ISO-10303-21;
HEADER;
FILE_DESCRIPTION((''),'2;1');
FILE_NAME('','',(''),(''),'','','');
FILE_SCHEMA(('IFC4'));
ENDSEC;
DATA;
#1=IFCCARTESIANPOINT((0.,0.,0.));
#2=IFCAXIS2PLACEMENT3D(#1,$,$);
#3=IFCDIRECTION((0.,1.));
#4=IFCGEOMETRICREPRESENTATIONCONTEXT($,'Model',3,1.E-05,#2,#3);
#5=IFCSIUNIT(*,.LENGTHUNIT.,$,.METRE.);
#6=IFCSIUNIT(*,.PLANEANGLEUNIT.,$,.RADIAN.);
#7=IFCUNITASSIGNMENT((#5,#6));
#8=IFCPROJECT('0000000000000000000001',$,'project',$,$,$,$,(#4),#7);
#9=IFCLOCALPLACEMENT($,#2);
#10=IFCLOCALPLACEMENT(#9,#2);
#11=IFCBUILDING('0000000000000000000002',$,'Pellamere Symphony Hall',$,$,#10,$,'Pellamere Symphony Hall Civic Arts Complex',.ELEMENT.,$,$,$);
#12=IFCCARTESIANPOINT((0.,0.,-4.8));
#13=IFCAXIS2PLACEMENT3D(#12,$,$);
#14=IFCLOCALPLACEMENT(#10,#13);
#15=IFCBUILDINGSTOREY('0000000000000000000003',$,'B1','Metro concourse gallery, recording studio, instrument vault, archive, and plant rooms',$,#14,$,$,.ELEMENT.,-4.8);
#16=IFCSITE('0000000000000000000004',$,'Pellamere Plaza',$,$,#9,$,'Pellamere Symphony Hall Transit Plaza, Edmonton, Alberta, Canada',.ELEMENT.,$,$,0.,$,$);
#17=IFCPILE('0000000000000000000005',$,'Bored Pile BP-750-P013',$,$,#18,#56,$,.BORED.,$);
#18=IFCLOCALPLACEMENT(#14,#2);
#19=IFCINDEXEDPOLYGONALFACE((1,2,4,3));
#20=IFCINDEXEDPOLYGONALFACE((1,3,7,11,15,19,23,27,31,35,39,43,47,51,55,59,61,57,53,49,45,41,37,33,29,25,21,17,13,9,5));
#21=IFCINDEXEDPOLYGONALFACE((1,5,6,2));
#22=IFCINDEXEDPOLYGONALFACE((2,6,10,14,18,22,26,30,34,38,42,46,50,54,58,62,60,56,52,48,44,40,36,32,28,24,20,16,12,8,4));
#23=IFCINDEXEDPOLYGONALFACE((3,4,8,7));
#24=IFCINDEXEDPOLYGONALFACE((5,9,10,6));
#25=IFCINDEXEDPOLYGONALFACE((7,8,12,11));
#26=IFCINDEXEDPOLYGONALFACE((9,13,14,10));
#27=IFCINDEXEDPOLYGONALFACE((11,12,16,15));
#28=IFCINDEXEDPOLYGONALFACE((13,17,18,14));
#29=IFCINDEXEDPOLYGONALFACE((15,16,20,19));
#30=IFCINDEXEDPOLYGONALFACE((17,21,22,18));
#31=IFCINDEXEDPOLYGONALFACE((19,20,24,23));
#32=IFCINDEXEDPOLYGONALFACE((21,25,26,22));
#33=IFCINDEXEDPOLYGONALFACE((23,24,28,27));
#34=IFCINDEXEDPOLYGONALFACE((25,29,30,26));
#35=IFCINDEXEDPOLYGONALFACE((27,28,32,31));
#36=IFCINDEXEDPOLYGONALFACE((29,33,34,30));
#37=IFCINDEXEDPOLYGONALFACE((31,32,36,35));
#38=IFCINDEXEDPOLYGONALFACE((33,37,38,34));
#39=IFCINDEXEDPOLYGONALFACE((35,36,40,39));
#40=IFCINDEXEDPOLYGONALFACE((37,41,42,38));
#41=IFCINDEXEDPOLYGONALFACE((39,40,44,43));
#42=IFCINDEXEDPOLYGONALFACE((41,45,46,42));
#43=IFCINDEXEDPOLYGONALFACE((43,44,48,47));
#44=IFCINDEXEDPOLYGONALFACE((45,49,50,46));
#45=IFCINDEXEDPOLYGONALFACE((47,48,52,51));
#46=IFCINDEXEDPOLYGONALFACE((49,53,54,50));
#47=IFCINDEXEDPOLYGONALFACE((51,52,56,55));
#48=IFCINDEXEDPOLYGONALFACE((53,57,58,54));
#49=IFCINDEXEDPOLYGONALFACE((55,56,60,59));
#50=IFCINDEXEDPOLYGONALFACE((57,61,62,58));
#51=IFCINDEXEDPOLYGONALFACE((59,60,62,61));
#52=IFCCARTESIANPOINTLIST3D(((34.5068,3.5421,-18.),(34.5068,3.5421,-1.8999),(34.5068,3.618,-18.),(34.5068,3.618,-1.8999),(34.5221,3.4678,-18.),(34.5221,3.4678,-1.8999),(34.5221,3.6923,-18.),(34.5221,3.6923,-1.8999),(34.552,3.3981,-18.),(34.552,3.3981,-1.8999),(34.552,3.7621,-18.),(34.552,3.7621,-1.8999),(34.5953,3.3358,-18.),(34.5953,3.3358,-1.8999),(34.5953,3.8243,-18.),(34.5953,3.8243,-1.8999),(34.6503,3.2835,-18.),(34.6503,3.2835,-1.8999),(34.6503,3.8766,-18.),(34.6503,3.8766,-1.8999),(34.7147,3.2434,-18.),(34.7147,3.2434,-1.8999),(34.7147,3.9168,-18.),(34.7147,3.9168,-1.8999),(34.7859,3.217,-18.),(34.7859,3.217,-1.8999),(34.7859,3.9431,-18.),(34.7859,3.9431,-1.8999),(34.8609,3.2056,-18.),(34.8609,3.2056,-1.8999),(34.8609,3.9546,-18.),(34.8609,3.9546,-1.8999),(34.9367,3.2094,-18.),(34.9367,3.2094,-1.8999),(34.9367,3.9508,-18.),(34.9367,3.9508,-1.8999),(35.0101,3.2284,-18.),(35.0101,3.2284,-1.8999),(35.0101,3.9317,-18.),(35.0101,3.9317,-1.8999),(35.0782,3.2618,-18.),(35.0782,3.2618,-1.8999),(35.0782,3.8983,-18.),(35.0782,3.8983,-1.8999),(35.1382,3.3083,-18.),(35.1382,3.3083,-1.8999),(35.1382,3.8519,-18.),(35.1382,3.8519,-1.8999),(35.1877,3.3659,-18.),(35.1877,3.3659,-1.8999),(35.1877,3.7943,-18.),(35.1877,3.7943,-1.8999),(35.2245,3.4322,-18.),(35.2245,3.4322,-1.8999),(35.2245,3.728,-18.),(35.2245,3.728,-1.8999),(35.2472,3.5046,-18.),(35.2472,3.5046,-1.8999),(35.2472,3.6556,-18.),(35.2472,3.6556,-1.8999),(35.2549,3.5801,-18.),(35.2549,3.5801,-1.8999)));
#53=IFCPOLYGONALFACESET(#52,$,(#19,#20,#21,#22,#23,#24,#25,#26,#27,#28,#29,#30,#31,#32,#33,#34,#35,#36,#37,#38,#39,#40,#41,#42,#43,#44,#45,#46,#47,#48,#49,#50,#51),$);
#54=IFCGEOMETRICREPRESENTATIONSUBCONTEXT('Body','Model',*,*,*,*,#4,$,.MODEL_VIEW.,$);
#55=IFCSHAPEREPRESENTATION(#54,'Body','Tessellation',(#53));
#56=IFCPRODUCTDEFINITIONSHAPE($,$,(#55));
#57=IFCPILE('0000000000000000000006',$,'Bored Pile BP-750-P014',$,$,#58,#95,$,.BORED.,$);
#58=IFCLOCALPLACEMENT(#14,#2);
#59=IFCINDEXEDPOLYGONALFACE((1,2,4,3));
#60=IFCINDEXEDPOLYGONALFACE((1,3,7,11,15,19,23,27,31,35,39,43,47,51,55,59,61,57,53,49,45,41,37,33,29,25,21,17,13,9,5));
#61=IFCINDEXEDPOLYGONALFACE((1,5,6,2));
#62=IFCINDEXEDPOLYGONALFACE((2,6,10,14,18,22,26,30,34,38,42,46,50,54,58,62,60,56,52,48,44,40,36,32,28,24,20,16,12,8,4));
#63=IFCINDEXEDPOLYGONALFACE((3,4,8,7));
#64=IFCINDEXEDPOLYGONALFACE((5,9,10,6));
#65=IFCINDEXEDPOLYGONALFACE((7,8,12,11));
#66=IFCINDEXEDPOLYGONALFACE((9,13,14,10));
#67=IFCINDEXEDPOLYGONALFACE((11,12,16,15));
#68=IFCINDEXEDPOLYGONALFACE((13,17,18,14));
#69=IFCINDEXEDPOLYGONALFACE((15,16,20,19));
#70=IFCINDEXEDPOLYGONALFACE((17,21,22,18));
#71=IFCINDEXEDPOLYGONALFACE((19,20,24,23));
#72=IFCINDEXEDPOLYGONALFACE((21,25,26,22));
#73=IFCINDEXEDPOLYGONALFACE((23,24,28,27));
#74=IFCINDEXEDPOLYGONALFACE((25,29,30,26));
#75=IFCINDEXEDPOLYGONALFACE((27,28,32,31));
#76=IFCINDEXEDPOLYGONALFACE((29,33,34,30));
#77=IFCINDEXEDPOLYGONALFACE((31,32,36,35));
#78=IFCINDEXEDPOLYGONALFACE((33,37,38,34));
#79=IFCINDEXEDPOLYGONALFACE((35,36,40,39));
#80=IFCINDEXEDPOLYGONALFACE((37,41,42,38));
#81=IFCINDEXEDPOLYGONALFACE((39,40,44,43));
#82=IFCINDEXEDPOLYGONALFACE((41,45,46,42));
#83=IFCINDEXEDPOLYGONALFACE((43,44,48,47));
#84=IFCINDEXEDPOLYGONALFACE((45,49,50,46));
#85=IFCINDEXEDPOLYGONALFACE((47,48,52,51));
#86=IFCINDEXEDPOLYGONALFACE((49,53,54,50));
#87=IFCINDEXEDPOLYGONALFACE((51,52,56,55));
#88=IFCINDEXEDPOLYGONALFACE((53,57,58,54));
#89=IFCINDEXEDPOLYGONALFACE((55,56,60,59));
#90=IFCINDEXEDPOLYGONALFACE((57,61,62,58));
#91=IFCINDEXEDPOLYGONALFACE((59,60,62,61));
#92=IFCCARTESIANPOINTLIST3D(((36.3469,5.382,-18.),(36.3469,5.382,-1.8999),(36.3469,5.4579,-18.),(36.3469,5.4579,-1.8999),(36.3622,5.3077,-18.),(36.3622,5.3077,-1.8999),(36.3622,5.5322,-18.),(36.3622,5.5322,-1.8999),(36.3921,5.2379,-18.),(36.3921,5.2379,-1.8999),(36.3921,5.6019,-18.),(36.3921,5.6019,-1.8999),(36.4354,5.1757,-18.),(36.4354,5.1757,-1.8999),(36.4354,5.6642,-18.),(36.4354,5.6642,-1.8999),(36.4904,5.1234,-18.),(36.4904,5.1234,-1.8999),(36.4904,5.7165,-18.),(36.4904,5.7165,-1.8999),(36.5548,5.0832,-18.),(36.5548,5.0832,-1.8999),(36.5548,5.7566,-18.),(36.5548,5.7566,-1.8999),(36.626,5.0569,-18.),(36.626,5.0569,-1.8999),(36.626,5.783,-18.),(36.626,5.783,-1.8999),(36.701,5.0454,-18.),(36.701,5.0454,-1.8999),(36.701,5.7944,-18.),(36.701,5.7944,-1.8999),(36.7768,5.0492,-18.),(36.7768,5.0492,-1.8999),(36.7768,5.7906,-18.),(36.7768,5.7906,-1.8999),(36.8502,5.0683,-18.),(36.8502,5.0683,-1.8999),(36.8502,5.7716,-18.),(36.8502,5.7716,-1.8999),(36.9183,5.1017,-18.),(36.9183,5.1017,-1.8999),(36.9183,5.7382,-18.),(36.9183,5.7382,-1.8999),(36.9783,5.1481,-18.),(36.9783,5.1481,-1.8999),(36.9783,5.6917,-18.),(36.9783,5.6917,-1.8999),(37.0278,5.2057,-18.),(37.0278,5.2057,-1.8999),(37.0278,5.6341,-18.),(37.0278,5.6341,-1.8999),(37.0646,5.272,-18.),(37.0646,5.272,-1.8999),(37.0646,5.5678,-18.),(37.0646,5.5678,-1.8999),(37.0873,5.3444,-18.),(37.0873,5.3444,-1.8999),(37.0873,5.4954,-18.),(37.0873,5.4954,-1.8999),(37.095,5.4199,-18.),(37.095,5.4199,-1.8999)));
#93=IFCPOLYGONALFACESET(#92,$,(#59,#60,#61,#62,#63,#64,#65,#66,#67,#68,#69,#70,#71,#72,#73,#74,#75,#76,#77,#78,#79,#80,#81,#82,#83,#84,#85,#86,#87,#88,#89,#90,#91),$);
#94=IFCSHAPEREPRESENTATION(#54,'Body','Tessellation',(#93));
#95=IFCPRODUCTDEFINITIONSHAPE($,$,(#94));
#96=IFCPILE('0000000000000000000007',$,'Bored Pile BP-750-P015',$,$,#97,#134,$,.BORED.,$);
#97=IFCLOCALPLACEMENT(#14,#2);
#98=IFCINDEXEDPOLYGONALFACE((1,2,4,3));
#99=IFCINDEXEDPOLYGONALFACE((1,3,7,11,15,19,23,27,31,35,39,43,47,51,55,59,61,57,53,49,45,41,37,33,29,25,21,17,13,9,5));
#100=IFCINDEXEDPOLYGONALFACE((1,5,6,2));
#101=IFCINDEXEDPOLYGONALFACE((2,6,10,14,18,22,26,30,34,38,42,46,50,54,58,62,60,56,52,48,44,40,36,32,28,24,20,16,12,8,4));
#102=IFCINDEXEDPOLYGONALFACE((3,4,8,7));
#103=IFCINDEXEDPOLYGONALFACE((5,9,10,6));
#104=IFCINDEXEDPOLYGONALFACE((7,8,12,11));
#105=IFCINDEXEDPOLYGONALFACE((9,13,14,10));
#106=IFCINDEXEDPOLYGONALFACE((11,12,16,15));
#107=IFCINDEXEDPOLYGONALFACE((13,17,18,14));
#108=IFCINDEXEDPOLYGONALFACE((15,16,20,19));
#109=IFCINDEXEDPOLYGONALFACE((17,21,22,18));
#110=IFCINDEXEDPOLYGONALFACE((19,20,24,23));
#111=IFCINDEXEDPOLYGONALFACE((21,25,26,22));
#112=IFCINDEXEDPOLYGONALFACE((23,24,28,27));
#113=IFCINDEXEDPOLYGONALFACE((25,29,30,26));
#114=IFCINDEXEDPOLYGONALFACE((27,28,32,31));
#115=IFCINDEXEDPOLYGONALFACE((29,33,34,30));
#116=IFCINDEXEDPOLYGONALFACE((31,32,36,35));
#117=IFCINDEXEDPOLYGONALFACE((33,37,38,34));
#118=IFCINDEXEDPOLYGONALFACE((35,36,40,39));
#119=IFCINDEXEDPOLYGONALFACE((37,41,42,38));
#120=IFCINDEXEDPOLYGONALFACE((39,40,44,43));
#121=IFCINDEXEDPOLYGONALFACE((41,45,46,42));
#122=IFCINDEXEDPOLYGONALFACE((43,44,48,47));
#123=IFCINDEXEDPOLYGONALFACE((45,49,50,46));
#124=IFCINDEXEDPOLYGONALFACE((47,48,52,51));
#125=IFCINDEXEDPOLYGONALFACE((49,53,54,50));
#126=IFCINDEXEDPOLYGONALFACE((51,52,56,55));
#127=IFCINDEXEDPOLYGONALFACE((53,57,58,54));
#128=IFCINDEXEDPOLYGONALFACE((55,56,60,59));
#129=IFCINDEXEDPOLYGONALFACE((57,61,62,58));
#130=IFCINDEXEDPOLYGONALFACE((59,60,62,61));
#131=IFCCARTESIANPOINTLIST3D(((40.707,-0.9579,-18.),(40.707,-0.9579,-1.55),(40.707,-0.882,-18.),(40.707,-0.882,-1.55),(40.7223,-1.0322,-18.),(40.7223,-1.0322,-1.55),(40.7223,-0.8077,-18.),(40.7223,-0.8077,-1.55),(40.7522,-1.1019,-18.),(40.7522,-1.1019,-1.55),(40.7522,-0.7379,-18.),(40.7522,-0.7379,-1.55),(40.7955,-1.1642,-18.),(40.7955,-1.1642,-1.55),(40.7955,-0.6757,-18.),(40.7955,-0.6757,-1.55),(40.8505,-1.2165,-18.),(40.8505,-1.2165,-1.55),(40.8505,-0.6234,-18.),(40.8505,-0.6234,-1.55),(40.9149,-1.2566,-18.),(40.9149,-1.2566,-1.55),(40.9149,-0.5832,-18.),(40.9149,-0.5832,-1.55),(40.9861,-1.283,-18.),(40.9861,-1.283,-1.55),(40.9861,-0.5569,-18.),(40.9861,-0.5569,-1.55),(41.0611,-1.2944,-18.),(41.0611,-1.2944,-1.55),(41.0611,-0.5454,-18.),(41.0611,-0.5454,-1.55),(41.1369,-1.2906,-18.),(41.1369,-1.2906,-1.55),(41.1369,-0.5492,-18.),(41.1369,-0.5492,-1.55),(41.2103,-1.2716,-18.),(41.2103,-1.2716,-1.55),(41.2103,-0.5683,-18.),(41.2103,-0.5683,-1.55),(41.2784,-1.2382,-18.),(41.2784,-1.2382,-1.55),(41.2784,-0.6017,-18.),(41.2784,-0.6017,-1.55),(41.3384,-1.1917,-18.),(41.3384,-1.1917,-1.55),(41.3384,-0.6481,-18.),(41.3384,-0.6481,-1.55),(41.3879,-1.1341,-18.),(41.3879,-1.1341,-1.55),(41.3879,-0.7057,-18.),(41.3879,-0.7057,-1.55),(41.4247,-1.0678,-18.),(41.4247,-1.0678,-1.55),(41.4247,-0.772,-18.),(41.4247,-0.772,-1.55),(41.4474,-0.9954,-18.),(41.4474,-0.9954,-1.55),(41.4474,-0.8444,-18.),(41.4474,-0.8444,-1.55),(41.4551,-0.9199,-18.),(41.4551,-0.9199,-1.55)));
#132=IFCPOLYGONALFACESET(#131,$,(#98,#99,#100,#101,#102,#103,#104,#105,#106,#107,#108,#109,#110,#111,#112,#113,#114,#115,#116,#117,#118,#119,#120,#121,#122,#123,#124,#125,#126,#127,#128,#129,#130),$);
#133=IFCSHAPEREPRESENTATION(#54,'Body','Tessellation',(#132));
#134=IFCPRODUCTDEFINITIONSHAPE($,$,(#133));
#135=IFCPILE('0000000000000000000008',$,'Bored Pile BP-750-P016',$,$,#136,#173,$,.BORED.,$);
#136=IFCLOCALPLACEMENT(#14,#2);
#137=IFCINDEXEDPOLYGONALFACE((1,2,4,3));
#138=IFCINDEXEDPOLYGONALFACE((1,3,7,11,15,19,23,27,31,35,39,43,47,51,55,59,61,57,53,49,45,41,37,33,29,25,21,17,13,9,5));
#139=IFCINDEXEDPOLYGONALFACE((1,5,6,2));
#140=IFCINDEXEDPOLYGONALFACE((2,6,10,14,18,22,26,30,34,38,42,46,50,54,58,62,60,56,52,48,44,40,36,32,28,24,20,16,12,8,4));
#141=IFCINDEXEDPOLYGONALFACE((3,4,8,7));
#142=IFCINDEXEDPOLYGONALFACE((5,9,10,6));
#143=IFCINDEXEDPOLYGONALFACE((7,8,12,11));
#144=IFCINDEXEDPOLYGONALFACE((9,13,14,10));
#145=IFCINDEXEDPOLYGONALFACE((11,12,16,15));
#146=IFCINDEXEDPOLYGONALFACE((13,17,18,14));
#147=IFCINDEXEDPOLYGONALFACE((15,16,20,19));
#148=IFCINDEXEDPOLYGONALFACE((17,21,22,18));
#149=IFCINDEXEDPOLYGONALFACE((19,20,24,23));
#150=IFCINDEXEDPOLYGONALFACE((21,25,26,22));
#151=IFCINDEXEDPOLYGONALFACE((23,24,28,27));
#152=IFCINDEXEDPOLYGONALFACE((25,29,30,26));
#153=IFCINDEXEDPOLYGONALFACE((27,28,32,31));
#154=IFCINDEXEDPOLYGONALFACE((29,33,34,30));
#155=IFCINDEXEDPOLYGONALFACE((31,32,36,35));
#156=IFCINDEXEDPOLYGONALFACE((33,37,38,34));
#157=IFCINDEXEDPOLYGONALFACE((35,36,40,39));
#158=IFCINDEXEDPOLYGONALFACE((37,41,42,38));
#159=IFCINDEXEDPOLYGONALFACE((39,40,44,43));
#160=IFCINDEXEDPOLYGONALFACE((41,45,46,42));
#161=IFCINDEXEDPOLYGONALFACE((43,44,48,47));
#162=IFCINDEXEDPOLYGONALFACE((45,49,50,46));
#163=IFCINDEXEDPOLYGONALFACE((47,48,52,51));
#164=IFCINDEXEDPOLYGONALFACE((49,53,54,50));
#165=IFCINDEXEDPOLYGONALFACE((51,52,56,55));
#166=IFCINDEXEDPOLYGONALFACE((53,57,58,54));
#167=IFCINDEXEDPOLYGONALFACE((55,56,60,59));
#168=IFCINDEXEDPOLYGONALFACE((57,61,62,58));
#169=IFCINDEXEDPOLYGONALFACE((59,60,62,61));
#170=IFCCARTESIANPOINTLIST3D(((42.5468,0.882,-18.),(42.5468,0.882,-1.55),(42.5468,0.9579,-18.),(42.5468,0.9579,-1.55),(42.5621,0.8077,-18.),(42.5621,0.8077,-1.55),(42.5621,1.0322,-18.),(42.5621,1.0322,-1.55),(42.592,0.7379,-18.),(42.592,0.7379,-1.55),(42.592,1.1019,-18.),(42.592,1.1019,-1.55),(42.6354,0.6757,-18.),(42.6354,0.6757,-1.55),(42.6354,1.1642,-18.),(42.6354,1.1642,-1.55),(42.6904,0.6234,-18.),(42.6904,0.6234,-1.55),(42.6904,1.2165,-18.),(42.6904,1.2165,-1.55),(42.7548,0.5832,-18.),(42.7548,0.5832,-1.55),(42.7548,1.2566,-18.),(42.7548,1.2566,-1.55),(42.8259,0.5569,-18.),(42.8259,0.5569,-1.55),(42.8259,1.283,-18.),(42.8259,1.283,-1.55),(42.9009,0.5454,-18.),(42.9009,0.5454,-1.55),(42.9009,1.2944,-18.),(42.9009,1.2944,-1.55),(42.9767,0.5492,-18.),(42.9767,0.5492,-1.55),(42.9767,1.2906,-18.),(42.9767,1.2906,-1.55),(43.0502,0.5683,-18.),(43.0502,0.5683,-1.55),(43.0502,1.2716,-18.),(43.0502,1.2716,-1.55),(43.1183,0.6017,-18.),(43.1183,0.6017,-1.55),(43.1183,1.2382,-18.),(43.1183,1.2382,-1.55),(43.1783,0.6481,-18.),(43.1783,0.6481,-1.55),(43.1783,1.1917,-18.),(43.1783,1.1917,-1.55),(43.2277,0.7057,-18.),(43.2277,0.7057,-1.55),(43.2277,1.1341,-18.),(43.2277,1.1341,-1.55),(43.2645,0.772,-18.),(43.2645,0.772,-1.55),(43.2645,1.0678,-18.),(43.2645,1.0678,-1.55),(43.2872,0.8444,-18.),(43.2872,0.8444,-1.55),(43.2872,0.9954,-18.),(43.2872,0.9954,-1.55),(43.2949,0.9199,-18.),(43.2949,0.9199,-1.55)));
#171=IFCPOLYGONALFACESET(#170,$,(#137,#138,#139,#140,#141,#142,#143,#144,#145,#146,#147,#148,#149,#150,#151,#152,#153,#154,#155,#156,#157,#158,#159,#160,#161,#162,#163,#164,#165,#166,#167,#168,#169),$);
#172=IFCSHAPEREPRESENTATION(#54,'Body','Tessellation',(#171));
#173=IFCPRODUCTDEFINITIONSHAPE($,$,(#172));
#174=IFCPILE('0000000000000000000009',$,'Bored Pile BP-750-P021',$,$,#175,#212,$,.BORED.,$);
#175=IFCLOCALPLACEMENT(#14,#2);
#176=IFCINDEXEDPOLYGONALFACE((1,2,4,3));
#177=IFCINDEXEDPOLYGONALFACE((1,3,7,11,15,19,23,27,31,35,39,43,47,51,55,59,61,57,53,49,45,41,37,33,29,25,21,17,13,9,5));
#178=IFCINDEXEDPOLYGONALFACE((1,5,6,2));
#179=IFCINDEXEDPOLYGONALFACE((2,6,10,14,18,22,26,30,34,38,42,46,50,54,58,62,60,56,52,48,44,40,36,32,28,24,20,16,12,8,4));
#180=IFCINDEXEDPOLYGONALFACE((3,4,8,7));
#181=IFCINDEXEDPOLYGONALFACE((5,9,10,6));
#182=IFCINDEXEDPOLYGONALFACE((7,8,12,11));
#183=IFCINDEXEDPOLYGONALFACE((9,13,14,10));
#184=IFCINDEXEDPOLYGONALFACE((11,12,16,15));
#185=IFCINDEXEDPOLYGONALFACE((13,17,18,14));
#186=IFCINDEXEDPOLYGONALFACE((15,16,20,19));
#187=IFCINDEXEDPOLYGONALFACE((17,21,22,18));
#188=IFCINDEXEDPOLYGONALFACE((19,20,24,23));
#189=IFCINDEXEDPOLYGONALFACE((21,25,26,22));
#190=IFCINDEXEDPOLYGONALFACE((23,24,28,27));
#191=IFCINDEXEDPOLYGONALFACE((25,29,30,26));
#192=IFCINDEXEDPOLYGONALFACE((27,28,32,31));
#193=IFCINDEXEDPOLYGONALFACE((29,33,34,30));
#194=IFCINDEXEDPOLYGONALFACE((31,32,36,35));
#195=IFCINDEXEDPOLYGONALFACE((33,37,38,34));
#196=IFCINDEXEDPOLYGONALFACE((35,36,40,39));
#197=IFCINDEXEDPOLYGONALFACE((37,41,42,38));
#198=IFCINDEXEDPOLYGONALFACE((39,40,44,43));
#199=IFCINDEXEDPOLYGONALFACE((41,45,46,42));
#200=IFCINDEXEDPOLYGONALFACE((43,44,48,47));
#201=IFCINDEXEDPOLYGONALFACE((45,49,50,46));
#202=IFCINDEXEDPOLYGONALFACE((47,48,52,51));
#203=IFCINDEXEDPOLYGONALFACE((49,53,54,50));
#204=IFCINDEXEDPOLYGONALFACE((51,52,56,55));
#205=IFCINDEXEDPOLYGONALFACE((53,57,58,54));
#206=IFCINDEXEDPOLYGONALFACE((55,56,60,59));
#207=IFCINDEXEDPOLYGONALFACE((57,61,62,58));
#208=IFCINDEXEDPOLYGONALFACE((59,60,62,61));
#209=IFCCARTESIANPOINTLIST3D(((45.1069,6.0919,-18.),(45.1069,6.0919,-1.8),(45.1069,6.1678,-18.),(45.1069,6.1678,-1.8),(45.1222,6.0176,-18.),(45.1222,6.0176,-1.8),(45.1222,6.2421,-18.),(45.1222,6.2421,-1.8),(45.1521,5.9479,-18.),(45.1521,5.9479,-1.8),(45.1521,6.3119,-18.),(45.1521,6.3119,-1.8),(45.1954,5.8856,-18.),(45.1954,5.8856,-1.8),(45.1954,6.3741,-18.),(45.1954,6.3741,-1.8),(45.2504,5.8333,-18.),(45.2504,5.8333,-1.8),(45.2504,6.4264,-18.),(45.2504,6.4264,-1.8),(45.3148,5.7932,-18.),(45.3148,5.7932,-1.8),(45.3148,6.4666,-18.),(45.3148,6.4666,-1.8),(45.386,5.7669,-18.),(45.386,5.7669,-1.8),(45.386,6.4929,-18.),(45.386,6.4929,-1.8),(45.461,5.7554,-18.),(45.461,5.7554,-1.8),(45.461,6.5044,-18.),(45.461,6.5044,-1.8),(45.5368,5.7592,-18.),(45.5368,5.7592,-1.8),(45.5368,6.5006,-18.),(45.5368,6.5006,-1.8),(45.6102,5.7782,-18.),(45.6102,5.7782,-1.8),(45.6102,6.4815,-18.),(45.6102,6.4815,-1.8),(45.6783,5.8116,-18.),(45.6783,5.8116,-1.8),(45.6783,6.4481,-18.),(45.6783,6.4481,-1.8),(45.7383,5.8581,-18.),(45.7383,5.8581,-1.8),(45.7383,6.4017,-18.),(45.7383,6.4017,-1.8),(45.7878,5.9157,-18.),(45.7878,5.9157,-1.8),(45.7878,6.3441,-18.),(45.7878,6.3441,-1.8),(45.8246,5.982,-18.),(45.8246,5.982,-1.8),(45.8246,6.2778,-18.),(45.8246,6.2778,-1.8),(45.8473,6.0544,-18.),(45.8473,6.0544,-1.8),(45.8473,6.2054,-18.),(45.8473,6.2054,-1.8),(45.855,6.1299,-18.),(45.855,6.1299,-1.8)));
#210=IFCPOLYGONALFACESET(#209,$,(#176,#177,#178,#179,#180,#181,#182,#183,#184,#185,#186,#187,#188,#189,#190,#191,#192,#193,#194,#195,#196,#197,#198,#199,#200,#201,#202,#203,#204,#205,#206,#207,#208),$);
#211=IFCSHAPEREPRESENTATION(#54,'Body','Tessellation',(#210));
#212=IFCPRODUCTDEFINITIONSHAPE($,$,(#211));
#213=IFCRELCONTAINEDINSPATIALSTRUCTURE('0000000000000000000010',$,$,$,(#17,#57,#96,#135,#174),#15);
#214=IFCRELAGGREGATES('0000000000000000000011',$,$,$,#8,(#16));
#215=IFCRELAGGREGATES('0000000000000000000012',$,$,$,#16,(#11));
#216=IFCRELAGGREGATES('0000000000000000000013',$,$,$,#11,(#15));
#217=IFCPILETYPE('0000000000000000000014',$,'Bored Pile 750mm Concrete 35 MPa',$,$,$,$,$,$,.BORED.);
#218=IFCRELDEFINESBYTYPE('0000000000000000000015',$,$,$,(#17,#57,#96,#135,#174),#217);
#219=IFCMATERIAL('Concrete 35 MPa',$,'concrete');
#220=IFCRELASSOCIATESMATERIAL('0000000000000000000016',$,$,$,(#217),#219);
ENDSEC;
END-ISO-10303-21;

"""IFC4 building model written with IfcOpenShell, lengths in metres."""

from ifc_helpers import new_model, si_unit, direction, frame, origin, origin_2d, place, context, subcontext, project, spatial, circle, extrude, material, material_profile, profile_set, type_object, element, save


model = new_model("IFC4")

# Units and contexts
model_context = context("Model", 3, precision=1e-05, world=origin(), true_north=direction((0.0, 1.0)))
body_context = subcontext(model_context, "Body", "Model", "MODEL_VIEW")
ifc_project = project(units=[si_unit("LENGTHUNIT", "METRE"), si_unit("PLANEANGLEUNIT", "RADIAN")], contexts=[model_context])

# Site, building, storey
site_placement = place(None, origin())
site = spatial("IfcSite", under=ifc_project, at=site_placement, Name="Pellamere Plaza", LongName="Pellamere Symphony Hall Transit Plaza, Edmonton, Alberta, Canada", CompositionType="ELEMENT", RefElevation=0.0)
building_placement = place(site_placement, origin())
building = spatial("IfcBuilding", under=site, at=building_placement, Name="Pellamere Symphony Hall", LongName="Pellamere Symphony Hall Civic Arts Complex", CompositionType="ELEMENT")
storey_placement = place(building_placement, frame((0.0, 0.0, -4.8)))
storey = spatial("IfcBuildingStorey", under=building, at=storey_placement, Name="B1", Description="Metro concourse gallery, recording studio, instrument vault, archive, and plant rooms", CompositionType="ELEMENT", Elevation=-4.8)

# Piles
ifc_material_1 = material(Name="Concrete 35 MPa", Category="concrete")
ifc_material_profile_1 = material_profile(ifc_material_1, circle(Radius=0.375, at=origin_2d()), Name="PILE D750")
ifc_profile_set_1 = profile_set([ifc_material_profile_1], Name="Concrete 35 MPa")
pile_type = type_object("IfcPileType", Name="Bored Pile 750mm Concrete 35 MPa", PredefinedType="BORED", material=ifc_profile_set_1)
for number, where, z_axis, x_axis, name in (
    (1, (34.8799, 3.5801, -1.8999), (0.0, 0.0, -1.0), (1.0, 0.0, 0.0), "Bored Pile BP-750-P013"),
    (2, (36.72, 5.4199, -1.8999), (0.0, 0.0, -1.0), (1.0, 0.0, 0.0), "Bored Pile BP-750-P014"),
):
    element("IfcPile", number, at=place(storey_placement, frame(where, z_axis=z_axis, x_axis=x_axis)), inside=storey, type_object=pile_type, Name=name, PredefinedType="BORED", context=body_context, shape_type="SweptSolid", body=[
        extrude(circle(Radius=0.375, at=origin_2d()), origin(), (0.0, 0.0, 1.0), 16.1001),
    ])
for number, where, z_axis, x_axis, name in (
    (3, (41.0801, -0.9199, -1.55), (0.0, 0.0, -1.0), (1.0, 0.0, 0.0), "Bored Pile BP-750-P015"),
    (4, (42.9199, 0.9199, -1.55), (0.0, 0.0, -1.0), (1.0, 0.0, 0.0), "Bored Pile BP-750-P016"),
):
    element("IfcPile", number, at=place(storey_placement, frame(where, z_axis=z_axis, x_axis=x_axis)), inside=storey, type_object=pile_type, Name=name, PredefinedType="BORED", context=body_context, shape_type="SweptSolid", body=[
        extrude(circle(Radius=0.375, at=origin_2d()), origin(), (0.0, 0.0, 1.0), 16.45),
    ])
for number, where, z_axis, x_axis, name in (
    (5, (45.48, 6.1299, -1.8), (0.0, 0.0, -1.0), (1.0, 0.0, 0.0), "Bored Pile BP-750-P021"),
):
    element("IfcPile", number, at=place(storey_placement, frame(where, z_axis=z_axis, x_axis=x_axis)), inside=storey, type_object=pile_type, Name=name, PredefinedType="BORED", context=body_context, shape_type="SweptSolid", body=[
        extrude(circle(Radius=0.375, at=origin_2d()), origin(), (0.0, 0.0, 1.0), 16.2),
    ])

save(model, "model.ifc")
